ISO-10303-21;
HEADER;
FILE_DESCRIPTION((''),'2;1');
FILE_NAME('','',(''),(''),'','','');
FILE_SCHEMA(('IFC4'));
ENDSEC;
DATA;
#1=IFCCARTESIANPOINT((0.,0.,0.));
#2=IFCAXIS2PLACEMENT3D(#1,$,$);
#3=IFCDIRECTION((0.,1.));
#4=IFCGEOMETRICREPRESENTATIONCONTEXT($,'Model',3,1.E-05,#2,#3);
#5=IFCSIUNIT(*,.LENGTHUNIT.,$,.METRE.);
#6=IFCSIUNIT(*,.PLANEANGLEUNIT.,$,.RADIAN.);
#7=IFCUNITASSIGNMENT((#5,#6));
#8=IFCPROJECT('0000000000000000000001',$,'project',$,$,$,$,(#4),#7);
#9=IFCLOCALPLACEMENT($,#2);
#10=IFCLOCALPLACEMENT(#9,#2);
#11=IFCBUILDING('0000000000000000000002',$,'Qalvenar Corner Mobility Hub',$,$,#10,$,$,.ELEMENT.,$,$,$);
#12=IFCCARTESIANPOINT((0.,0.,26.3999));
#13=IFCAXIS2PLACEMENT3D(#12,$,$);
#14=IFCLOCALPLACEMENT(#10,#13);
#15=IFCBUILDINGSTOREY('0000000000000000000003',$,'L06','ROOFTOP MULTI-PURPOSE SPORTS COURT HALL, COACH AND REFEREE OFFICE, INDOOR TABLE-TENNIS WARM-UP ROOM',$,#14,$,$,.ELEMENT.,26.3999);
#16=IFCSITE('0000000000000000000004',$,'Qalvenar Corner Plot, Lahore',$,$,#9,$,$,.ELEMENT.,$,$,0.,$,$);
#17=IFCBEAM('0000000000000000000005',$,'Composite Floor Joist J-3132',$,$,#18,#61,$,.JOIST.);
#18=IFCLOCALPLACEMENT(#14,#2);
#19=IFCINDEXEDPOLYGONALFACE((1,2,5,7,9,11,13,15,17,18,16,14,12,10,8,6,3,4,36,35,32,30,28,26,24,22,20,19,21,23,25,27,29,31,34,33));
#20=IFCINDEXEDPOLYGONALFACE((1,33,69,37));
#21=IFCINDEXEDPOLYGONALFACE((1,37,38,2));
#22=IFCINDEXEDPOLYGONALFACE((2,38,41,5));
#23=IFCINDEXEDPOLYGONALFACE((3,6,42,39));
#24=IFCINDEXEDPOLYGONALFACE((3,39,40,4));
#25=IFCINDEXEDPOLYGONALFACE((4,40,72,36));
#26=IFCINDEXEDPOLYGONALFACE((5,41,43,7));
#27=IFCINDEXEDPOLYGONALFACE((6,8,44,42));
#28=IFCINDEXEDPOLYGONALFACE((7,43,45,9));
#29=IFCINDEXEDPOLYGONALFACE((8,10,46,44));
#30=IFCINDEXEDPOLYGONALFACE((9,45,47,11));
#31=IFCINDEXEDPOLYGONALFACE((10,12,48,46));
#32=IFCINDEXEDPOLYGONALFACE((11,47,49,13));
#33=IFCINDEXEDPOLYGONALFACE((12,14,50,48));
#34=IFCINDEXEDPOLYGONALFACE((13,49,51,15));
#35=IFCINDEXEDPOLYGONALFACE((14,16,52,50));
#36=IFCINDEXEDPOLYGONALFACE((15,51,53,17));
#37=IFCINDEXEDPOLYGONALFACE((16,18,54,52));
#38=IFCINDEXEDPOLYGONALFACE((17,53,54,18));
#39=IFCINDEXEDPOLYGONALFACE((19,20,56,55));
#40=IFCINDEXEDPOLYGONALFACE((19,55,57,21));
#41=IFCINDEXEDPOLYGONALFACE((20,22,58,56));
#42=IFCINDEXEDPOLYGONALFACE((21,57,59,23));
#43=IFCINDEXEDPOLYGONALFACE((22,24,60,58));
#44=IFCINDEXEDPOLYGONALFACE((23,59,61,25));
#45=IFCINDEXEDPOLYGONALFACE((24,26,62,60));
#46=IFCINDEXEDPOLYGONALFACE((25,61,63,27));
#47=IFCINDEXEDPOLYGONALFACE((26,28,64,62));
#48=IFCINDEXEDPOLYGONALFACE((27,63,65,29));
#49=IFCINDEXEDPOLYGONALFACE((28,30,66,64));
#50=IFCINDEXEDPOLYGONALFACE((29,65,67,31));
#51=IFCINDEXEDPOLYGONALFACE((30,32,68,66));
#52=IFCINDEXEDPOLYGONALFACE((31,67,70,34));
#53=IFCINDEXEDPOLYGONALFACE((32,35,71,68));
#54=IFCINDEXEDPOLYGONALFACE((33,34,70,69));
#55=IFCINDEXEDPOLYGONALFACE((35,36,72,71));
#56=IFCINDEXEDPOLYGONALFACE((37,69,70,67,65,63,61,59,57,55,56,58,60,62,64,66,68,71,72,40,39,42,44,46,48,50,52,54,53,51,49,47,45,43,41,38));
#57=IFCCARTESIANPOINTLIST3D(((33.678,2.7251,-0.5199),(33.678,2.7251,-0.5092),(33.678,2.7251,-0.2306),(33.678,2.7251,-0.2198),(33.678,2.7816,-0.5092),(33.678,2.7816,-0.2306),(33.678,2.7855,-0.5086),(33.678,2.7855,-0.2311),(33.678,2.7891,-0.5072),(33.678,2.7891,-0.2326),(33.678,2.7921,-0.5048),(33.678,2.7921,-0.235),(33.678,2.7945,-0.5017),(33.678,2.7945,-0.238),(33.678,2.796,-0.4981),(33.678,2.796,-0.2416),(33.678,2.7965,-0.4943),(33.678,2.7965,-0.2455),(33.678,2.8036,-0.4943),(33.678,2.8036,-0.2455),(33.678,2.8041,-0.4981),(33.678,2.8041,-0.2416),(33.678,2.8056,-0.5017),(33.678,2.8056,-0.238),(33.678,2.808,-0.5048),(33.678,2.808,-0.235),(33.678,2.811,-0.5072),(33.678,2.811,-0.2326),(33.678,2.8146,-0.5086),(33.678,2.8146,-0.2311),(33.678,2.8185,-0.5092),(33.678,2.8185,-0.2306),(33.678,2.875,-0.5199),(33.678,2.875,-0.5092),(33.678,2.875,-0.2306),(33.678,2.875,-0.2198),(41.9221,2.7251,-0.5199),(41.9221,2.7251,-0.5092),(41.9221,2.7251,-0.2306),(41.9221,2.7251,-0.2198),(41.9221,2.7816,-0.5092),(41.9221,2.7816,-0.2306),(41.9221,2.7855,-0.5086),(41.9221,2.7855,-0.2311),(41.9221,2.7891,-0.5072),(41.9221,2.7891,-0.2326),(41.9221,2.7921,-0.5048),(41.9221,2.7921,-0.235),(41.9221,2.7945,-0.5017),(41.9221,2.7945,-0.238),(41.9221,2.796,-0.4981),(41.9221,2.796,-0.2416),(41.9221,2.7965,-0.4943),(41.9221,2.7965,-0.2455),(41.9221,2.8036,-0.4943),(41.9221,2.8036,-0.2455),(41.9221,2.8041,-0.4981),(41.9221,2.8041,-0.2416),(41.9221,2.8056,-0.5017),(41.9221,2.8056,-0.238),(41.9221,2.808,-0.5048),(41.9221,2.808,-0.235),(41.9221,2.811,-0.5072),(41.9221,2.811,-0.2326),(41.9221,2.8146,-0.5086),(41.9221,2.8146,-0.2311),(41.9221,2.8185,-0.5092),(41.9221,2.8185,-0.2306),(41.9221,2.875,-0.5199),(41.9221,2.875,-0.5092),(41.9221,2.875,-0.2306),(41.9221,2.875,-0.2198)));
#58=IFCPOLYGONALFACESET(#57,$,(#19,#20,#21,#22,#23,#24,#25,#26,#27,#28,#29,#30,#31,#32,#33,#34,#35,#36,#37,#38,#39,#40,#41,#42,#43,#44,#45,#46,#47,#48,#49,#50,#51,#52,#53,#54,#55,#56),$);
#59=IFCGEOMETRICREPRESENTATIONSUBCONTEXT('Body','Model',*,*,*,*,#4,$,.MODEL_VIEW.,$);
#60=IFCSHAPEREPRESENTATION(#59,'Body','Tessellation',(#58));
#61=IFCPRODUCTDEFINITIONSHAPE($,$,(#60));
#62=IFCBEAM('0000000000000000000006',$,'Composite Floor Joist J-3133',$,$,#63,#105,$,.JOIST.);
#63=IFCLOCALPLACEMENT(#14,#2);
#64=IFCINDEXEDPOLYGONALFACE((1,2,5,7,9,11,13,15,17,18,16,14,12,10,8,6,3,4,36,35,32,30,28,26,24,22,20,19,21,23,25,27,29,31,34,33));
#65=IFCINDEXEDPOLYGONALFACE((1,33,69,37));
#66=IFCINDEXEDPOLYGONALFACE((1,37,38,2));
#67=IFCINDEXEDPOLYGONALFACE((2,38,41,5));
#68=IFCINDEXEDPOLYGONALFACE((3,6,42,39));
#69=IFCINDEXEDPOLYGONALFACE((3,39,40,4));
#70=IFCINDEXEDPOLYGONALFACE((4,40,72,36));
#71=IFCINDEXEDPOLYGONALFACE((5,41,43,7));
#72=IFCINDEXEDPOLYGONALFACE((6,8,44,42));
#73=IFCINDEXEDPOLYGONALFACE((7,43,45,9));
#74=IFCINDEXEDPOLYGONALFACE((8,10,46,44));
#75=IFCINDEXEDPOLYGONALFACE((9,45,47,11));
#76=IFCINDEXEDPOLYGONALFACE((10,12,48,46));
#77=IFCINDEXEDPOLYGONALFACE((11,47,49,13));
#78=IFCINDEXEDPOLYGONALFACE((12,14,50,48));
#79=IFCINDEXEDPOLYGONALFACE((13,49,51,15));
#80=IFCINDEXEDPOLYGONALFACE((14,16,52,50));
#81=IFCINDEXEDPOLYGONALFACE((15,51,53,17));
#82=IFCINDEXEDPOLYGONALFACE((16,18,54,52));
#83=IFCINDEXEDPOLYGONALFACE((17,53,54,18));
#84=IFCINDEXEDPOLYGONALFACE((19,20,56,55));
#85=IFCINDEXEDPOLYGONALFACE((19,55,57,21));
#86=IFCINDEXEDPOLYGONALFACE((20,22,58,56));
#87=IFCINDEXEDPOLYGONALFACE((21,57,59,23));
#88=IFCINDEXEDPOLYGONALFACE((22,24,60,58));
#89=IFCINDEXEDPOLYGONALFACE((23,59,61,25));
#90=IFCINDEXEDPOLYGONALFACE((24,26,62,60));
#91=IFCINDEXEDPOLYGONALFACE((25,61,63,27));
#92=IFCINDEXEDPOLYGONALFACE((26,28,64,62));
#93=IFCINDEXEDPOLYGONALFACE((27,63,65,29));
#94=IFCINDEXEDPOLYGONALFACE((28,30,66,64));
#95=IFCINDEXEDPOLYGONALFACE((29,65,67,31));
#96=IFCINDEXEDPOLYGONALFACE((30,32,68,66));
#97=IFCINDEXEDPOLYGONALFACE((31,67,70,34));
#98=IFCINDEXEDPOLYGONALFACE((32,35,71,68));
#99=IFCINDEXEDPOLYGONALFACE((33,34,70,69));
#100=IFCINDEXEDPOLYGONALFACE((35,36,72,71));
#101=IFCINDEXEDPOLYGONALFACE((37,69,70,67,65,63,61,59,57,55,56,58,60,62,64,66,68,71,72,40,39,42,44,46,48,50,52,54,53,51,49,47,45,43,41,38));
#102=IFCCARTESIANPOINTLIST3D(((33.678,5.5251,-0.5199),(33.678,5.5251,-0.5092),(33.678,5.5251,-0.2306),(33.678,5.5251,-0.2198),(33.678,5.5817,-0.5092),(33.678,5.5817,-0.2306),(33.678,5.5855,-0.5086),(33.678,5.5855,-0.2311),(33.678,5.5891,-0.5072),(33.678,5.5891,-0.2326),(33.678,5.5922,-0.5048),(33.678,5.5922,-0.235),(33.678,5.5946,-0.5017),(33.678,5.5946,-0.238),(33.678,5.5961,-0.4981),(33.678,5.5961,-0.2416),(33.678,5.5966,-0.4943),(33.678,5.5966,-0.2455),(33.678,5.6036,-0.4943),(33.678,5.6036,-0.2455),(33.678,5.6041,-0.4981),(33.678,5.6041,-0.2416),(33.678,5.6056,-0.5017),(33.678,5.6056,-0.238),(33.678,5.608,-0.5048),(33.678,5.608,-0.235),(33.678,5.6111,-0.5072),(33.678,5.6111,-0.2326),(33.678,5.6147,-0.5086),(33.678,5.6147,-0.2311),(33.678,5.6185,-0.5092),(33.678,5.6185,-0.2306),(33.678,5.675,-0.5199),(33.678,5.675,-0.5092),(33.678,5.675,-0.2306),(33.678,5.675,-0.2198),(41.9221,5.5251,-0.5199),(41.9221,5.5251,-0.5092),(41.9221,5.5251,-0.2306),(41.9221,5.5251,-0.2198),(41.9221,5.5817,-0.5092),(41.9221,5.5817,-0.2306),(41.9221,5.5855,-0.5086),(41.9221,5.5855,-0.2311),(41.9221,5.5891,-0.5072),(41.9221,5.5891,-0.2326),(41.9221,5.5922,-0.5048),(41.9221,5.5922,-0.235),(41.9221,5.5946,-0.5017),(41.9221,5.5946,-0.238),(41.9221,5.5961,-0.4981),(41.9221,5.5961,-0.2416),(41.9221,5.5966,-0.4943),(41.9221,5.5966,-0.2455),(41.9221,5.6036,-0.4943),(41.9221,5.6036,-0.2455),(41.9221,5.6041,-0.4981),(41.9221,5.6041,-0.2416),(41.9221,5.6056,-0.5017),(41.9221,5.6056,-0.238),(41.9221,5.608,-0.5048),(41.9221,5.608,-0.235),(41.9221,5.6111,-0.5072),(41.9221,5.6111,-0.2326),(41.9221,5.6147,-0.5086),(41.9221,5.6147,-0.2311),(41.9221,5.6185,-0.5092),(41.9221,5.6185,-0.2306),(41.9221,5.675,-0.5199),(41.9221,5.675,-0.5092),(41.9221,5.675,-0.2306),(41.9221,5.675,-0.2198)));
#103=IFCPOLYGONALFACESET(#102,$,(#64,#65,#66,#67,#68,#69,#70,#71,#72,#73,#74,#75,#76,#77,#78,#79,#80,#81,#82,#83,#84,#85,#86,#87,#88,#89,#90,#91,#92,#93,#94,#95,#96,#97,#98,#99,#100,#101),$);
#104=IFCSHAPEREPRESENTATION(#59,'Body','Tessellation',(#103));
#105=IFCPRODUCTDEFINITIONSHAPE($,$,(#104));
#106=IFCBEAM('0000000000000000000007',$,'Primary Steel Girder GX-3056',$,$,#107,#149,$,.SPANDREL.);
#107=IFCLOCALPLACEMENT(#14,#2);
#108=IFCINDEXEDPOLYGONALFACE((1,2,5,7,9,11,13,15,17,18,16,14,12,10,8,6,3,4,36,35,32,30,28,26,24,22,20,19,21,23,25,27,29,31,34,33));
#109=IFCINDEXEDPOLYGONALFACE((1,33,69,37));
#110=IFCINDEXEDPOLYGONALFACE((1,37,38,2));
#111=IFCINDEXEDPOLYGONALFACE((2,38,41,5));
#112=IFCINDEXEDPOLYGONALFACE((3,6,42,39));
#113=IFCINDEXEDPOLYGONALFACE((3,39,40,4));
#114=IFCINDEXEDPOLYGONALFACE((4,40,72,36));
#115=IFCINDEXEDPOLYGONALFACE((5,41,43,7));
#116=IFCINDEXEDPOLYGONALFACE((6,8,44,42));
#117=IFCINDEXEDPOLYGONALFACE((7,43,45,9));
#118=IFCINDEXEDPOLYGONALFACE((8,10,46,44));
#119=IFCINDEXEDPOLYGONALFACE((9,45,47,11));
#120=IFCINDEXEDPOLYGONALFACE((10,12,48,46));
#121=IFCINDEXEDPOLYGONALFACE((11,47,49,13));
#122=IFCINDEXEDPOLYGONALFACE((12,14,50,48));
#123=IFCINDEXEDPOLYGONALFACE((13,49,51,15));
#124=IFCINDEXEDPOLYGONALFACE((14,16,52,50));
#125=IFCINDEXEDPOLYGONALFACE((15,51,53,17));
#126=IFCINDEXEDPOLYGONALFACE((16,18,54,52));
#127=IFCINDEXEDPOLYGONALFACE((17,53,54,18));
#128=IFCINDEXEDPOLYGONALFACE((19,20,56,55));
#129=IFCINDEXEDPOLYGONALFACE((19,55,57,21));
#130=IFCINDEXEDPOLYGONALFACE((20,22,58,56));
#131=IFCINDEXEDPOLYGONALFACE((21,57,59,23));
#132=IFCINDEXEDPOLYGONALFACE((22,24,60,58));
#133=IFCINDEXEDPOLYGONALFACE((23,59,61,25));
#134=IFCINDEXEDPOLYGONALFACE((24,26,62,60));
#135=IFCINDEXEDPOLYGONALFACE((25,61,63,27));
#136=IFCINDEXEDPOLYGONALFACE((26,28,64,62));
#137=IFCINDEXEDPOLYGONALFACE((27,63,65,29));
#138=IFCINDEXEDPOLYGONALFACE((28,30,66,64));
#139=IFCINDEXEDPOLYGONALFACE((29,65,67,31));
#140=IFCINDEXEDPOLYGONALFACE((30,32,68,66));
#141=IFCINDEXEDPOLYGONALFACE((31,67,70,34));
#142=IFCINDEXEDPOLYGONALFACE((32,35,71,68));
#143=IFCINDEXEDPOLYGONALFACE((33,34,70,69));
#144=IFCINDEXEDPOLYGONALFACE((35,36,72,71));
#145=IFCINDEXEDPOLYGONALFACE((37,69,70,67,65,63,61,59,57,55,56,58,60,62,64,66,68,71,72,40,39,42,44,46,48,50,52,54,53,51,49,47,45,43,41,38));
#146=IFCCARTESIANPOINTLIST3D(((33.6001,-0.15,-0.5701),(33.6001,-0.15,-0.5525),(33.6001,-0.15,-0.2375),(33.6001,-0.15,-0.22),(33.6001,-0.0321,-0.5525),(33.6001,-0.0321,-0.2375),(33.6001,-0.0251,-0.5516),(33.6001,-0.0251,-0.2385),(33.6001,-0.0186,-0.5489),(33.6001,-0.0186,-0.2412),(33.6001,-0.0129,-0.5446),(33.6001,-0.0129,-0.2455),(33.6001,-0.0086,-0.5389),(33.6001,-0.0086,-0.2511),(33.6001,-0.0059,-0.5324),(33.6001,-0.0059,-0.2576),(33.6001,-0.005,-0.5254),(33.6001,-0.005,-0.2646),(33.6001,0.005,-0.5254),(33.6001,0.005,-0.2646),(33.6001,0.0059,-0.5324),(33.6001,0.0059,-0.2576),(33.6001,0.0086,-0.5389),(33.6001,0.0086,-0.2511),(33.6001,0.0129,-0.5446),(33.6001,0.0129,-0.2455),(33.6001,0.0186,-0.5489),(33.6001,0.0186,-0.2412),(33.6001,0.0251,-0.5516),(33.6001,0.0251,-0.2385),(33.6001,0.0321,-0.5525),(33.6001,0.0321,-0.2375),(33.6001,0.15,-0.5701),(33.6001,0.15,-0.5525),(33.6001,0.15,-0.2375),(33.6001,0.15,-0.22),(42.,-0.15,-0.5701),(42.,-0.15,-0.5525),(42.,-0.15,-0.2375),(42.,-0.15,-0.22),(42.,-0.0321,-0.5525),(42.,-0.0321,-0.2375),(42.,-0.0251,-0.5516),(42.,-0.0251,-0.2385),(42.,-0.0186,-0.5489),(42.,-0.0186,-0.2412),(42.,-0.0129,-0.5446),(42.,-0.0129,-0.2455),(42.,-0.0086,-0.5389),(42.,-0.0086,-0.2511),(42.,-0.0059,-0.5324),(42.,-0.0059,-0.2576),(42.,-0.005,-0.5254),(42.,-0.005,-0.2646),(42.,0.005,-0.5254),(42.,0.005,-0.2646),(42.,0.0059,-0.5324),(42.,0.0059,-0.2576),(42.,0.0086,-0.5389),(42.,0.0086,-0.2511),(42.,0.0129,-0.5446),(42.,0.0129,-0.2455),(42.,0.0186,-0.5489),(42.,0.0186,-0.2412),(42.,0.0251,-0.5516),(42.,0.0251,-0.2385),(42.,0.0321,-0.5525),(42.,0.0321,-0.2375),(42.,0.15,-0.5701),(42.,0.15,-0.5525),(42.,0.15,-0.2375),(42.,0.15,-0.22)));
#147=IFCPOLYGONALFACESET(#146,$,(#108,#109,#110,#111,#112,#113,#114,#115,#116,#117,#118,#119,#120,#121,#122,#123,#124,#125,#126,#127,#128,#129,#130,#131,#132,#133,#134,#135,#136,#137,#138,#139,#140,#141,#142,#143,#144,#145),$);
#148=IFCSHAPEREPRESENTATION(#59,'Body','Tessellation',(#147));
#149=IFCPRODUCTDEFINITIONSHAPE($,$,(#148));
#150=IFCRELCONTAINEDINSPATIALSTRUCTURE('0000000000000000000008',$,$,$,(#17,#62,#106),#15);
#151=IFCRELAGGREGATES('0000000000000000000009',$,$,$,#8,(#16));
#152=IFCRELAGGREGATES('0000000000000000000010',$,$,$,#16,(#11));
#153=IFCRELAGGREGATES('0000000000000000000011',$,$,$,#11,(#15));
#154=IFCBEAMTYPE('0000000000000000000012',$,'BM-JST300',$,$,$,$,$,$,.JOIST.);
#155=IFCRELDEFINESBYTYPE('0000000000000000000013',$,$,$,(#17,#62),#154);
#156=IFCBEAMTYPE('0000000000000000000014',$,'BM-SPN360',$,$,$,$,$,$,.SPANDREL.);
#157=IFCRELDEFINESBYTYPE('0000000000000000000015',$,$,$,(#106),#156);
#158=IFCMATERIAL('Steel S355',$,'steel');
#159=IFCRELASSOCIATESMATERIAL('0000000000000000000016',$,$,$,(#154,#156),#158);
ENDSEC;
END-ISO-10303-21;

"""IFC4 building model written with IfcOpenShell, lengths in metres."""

from ifc_helpers import new_model, si_unit, direction, frame, origin, origin_2d, place, context, subcontext, project, spatial, i_section, extrude, material, material_profile, profile_set, type_object, element, save


model = new_model("IFC4")

# Units and contexts
model_context = context("Model", 3, precision=1e-05, world=origin(), true_north=direction((0.0, 1.0)))
body_context = subcontext(model_context, "Body", "Model", "MODEL_VIEW")
ifc_project = project(units=[si_unit("LENGTHUNIT", "METRE"), si_unit("PLANEANGLEUNIT", "RADIAN")], contexts=[model_context])

# Site, building, storey
site_placement = place(None, origin())
site = spatial("IfcSite", under=ifc_project, at=site_placement, Name="Qalvenar Corner Plot, Lahore", CompositionType="ELEMENT", RefElevation=0.0)
building_placement = place(site_placement, origin())
building = spatial("IfcBuilding", under=site, at=building_placement, Name="Qalvenar Corner Mobility Hub", CompositionType="ELEMENT")
storey_placement = place(building_placement, frame((0.0, 0.0, 26.3999)))
storey = spatial("IfcBuildingStorey", under=building, at=storey_placement, Name="L06", Description="ROOFTOP MULTI-PURPOSE SPORTS COURT HALL, COACH AND REFEREE OFFICE, INDOOR TABLE-TENNIS WARM-UP ROOM", CompositionType="ELEMENT", Elevation=26.3999)

# Shared definitions
ifc_material_1 = material(Name="Steel S355", Category="steel")

# Beams
ifc_material_profile_1 = material_profile(ifc_material_1, i_section(OverallWidth=0.1499, OverallDepth=0.3, WebThickness=0.0071, FlangeThickness=0.0107, FilletRadius=0.0149, at=origin_2d()), Name="IPE300")
ifc_profile_set_1 = profile_set([ifc_material_profile_1], Name="Steel S355")
beam_type_1 = type_object("IfcBeamType", Name="BM-JST300", PredefinedType="JOIST", material=ifc_profile_set_1)
for number, where, z_axis, x_axis, name in (
    (1, (33.678, 2.8, -0.3699), (1.0, 0.0, 0.0), (0.0, 1.0, 0.0), "Composite Floor Joist J-3132"),
    (2, (33.678, 5.6001, -0.3699), (1.0, 0.0, 0.0), (0.0, 1.0, 0.0), "Composite Floor Joist J-3133"),
):
    element("IfcBeam", number, at=place(storey_placement, frame(where, z_axis=z_axis, x_axis=x_axis)), inside=storey, type_object=beam_type_1, Name=name, PredefinedType="JOIST", context=body_context, shape_type="SweptSolid", body=[
        extrude(i_section(OverallWidth=0.1499, OverallDepth=0.3, WebThickness=0.0071, FlangeThickness=0.0107, FilletRadius=0.0149, at=origin_2d()), origin(), (0.0, 0.0, 1.0), 8.2441),
    ])
ifc_material_profile_2 = material_profile(ifc_material_1, i_section(OverallWidth=0.3, OverallDepth=0.3501, WebThickness=0.01, FlangeThickness=0.0176, FilletRadius=0.0271, at=origin_2d()), Name="HEA360")
ifc_profile_set_2 = profile_set([ifc_material_profile_2], Name="Steel S355")
beam_type_2 = type_object("IfcBeamType", Name="BM-SPN360", PredefinedType="SPANDREL", material=ifc_profile_set_2)
beam_1_placement = place(storey_placement, frame((33.6001, 0.0, -0.395), z_axis=(1.0, 0.0, 0.0), x_axis=(0.0, 1.0, 0.0)))
element("IfcBeam", 3, at=beam_1_placement, inside=storey, type_object=beam_type_2, Name="Primary Steel Girder GX-3056", PredefinedType="SPANDREL", context=body_context, shape_type="SweptSolid", body=[
    extrude(i_section(OverallWidth=0.3, OverallDepth=0.3501, WebThickness=0.01, FlangeThickness=0.0176, FilletRadius=0.0271, at=origin_2d()), origin(), (0.0, 0.0, 1.0), 8.3999),
])

save(model, "model.ifc")
